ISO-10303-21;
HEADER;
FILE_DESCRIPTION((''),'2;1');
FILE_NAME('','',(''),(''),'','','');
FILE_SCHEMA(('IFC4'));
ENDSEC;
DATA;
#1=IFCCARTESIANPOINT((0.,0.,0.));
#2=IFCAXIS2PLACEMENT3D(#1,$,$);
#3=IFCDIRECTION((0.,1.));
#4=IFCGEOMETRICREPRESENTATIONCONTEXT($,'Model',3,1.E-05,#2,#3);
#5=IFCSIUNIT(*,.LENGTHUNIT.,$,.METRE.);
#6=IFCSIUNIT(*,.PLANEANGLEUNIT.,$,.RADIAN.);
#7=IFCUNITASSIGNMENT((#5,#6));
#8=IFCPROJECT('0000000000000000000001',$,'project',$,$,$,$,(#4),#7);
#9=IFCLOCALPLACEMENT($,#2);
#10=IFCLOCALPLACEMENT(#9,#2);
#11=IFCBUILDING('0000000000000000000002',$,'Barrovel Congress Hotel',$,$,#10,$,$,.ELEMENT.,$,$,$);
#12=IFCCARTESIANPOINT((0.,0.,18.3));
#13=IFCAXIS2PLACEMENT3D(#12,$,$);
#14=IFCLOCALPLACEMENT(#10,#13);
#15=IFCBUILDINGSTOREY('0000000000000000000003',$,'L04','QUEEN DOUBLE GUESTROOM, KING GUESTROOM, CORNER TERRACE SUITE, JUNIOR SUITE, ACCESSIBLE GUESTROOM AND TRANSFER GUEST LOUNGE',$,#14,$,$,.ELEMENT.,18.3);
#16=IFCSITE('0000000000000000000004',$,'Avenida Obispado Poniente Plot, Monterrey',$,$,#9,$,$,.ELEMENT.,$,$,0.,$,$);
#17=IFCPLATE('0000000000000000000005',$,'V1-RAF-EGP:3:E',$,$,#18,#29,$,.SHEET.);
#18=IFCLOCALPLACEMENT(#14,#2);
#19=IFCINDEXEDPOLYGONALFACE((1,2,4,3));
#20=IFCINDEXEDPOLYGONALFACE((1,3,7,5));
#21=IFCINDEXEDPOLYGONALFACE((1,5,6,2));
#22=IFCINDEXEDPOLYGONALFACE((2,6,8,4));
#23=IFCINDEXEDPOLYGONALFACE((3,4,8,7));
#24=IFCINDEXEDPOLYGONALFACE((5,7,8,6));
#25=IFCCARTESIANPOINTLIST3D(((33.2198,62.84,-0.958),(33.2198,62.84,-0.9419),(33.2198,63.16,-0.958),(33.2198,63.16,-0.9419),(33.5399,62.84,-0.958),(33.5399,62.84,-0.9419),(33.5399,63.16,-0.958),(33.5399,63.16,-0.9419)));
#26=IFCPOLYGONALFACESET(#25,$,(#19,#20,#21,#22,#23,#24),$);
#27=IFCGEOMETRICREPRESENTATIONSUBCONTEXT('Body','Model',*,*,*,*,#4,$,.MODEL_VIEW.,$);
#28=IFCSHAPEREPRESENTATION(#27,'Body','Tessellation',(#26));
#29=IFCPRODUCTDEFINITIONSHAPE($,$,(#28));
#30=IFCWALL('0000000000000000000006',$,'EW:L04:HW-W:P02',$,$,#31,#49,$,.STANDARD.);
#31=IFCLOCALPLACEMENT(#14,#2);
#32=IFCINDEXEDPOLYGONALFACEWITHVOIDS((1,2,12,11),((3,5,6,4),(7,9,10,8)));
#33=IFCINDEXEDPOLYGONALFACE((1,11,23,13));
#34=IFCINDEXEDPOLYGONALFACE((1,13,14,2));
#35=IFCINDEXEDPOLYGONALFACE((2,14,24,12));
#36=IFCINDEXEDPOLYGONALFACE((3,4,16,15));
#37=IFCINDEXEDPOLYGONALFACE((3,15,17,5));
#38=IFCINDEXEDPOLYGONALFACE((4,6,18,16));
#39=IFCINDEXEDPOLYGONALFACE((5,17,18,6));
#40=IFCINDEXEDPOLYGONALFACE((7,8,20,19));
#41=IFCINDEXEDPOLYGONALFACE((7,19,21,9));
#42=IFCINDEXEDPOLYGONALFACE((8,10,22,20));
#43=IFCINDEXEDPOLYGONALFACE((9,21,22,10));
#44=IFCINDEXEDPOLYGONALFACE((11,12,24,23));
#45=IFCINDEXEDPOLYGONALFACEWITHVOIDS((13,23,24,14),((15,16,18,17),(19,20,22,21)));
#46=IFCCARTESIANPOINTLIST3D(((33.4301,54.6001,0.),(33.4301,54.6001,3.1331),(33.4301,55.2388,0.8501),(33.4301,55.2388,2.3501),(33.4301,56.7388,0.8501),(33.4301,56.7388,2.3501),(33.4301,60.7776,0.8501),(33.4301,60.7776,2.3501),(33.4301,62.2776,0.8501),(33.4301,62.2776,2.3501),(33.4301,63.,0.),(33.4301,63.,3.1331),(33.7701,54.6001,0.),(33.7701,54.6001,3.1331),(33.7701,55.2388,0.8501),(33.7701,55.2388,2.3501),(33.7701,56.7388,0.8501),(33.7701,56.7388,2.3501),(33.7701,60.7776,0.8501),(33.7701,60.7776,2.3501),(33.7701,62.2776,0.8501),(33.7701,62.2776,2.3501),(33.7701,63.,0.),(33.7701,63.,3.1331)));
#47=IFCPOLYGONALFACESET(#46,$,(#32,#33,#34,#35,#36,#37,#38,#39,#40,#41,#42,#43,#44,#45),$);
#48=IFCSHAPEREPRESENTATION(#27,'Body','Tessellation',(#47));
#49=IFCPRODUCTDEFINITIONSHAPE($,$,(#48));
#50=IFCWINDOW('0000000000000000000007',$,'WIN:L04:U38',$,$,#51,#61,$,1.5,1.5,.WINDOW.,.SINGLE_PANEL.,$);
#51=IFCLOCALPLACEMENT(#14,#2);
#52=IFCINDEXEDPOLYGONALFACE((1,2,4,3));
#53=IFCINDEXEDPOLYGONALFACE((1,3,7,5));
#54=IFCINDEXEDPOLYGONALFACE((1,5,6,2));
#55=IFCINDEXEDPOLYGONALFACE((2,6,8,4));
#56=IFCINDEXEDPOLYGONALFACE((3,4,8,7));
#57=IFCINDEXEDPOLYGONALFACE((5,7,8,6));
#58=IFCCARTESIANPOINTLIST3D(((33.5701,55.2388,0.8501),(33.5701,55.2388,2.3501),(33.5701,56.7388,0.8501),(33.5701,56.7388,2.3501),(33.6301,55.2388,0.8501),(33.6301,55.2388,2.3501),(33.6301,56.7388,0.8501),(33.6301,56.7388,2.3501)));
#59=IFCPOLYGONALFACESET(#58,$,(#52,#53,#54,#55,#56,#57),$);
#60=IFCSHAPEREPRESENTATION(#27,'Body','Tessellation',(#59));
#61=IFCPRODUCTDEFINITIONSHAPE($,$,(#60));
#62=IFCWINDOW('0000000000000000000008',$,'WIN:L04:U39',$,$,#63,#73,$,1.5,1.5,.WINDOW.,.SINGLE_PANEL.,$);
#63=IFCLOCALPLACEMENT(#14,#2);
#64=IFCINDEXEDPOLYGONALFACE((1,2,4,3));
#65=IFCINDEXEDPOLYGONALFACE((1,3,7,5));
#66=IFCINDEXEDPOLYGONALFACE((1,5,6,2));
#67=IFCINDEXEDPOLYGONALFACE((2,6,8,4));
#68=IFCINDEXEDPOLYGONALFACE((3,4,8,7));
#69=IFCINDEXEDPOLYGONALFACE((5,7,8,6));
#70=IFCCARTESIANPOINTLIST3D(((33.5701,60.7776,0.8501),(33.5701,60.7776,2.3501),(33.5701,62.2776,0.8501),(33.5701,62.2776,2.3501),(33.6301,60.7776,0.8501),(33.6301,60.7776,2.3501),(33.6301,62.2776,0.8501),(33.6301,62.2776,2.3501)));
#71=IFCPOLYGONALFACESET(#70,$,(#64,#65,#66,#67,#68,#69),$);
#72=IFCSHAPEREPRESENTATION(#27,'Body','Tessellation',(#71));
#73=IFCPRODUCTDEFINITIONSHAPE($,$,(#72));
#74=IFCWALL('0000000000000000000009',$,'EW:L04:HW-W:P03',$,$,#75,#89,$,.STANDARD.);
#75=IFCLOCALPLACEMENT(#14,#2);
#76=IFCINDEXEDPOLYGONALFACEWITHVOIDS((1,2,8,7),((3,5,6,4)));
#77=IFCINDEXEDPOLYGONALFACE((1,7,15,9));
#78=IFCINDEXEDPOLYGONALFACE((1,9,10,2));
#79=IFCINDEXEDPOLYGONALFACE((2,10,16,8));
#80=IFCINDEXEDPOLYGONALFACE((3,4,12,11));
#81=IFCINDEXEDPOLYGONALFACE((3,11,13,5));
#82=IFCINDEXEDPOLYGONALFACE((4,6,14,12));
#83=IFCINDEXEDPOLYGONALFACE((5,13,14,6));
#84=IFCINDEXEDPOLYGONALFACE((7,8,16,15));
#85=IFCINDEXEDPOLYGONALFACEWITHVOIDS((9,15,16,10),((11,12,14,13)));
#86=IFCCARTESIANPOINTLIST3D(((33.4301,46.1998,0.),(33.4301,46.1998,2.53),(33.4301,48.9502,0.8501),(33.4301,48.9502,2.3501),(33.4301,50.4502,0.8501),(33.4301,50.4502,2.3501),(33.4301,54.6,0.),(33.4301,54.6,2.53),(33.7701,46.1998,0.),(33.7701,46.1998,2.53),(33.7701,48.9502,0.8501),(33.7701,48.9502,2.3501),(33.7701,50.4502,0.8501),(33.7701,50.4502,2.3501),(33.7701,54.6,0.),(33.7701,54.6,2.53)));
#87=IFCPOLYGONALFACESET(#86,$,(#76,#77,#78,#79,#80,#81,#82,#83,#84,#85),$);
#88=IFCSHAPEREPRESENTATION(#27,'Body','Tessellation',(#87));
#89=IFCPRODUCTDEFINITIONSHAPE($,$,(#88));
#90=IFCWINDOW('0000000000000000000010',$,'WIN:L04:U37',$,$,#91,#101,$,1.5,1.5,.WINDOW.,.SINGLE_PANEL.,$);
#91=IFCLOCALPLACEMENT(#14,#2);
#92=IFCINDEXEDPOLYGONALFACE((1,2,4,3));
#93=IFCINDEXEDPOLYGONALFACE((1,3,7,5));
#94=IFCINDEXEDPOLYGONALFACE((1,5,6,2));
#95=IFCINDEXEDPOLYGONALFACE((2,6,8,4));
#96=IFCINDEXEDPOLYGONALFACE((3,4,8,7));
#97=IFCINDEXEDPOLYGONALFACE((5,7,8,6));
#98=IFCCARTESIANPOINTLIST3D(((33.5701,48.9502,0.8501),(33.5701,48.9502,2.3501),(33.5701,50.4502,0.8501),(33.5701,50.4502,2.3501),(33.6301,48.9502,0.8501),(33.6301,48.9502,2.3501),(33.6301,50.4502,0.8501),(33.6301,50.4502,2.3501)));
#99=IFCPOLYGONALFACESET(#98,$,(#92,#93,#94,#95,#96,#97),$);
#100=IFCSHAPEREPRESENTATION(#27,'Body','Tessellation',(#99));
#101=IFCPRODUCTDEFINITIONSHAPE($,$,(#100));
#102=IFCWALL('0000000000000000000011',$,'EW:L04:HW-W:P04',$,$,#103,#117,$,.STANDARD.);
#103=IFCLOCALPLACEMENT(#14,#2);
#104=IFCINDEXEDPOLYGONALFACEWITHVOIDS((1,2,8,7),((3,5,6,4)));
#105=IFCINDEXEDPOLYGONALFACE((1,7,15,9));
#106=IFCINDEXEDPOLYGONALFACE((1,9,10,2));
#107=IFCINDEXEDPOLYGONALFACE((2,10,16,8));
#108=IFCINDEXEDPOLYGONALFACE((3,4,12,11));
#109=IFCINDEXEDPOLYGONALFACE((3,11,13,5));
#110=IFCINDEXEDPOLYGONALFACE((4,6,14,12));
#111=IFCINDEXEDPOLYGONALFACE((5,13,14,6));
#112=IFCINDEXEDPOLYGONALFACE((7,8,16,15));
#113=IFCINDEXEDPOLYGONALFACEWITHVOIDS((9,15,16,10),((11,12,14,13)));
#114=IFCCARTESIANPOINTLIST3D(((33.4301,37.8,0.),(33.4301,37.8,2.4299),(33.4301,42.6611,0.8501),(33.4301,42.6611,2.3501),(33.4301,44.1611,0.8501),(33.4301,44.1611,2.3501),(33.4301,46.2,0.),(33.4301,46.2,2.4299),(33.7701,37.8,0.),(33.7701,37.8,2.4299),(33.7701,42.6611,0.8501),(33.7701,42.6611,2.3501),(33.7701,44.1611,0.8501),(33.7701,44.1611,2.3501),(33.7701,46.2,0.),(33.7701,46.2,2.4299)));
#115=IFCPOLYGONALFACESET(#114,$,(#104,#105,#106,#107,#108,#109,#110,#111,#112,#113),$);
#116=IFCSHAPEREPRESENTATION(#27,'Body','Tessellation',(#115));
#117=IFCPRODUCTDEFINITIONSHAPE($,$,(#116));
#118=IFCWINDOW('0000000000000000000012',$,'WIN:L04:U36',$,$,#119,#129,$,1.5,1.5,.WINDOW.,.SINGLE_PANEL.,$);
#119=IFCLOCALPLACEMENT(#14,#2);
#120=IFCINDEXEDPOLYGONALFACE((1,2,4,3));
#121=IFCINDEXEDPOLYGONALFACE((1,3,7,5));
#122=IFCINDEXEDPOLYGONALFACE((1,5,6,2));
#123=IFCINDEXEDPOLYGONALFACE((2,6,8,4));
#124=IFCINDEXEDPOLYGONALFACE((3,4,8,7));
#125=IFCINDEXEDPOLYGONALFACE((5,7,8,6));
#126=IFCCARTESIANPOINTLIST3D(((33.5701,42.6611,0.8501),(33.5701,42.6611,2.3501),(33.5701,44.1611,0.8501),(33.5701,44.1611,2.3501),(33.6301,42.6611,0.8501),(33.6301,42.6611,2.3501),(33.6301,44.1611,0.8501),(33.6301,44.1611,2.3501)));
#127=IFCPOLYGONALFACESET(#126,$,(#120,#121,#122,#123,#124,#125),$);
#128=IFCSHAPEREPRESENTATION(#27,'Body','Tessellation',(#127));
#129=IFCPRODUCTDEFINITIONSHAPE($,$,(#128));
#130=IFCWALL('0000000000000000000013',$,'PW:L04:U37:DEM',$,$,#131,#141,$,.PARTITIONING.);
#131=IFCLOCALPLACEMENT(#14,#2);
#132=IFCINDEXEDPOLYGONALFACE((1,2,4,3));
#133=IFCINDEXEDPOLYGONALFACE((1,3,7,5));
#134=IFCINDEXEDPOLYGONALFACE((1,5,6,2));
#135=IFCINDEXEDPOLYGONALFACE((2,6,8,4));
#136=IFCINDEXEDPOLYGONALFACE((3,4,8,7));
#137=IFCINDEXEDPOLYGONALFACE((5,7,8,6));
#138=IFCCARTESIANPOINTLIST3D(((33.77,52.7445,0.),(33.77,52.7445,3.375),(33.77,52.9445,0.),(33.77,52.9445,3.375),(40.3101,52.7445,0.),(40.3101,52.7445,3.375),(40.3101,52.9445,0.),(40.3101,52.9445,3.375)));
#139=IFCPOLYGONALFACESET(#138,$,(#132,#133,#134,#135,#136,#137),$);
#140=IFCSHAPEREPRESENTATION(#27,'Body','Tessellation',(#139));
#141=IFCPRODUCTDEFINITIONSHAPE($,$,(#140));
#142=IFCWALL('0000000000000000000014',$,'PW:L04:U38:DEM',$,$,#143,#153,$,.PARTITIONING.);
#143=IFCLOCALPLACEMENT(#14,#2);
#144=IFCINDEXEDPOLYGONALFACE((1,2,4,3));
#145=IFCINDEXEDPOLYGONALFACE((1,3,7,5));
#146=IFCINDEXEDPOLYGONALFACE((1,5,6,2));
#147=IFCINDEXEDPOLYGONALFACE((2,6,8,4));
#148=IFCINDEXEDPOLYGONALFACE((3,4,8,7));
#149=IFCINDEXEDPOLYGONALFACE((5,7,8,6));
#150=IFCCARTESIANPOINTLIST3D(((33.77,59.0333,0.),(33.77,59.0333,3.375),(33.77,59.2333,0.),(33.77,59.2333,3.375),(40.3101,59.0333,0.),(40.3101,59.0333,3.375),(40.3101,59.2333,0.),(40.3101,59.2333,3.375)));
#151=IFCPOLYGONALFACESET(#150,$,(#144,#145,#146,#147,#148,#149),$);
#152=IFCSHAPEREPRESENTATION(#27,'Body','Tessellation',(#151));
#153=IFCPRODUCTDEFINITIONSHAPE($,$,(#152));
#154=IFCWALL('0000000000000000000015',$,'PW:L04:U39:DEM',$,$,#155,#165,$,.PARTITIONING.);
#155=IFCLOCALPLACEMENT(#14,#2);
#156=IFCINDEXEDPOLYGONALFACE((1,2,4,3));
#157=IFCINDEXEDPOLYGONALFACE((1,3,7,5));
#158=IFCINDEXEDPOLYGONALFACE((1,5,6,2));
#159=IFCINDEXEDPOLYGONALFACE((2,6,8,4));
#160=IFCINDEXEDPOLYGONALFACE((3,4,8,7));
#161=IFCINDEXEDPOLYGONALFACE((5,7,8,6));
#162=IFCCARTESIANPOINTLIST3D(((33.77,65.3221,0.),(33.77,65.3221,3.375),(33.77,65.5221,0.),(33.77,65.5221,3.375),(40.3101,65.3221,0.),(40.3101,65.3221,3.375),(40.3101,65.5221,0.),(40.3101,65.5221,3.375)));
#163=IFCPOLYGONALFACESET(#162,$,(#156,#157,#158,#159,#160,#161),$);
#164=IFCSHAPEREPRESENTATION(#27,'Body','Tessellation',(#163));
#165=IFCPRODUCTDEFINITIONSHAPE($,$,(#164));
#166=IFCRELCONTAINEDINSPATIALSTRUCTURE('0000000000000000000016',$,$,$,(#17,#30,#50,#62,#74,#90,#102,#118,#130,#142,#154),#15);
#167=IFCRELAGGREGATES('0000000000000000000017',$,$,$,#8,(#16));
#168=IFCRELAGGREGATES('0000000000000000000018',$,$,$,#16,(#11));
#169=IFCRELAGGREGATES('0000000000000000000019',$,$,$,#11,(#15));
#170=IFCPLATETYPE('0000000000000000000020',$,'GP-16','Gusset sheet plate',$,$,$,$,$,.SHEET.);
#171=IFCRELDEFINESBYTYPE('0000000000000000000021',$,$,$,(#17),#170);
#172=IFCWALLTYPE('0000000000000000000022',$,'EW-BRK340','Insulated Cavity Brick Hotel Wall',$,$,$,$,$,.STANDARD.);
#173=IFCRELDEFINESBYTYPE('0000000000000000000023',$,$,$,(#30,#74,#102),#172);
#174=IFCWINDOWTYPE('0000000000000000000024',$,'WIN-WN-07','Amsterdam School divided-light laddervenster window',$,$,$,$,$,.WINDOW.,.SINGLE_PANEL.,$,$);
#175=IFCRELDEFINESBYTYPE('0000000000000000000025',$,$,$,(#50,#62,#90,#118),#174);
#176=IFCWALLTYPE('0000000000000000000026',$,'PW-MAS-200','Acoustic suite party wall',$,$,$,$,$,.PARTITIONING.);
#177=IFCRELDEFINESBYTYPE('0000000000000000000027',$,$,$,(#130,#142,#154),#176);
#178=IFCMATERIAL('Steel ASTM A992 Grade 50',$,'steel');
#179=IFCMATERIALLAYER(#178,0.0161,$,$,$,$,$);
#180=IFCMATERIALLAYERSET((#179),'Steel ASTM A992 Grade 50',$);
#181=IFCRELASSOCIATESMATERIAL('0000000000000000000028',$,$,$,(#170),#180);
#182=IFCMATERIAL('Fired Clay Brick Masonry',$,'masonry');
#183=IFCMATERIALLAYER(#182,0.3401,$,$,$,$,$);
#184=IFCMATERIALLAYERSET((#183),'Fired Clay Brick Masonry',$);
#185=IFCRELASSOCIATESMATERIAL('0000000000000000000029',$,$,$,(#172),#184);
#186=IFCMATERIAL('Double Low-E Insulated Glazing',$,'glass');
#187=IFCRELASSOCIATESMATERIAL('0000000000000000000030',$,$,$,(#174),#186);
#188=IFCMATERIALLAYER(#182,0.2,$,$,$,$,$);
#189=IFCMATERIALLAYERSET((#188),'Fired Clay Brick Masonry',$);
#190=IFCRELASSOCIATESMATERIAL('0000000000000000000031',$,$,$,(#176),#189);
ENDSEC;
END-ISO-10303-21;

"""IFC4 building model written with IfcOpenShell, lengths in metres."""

from ifc_helpers import new_model, si_unit, direction, frame, frame_2d, origin, origin_2d, place, context, subcontext, project, spatial, rectangle, extrude, material, layer, layer_set, type_object, element, fill, save


model = new_model("IFC4")

# Units and contexts
model_context = context("Model", 3, precision=1e-05, world=origin(), true_north=direction((0.0, 1.0)))
body_context = subcontext(model_context, "Body", "Model", "MODEL_VIEW")
ifc_project = project(units=[si_unit("LENGTHUNIT", "METRE"), si_unit("PLANEANGLEUNIT", "RADIAN")], contexts=[model_context])

# Site, building, storey
site_placement = place(None, origin())
site = spatial("IfcSite", under=ifc_project, at=site_placement, Name="Avenida Obispado Poniente Plot, Monterrey", CompositionType="ELEMENT", RefElevation=0.0)
building_placement = place(site_placement, origin())
building = spatial("IfcBuilding", under=site, at=building_placement, Name="Barrovel Congress Hotel", CompositionType="ELEMENT")
storey_placement = place(building_placement, frame((0.0, 0.0, 18.3)))
storey = spatial("IfcBuildingStorey", under=building, at=storey_placement, Name="L04", Description="QUEEN DOUBLE GUESTROOM, KING GUESTROOM, CORNER TERRACE SUITE, JUNIOR SUITE, ACCESSIBLE GUESTROOM AND TRANSFER GUEST LOUNGE", CompositionType="ELEMENT", Elevation=18.3)

# Shared definitions
ifc_material_1 = material(Name="Steel ASTM A992 Grade 50", Category="steel")

# Plate
ifc_layer_1 = layer(ifc_material_1, 0.0161)
ifc_layer_set_1 = layer_set([ifc_layer_1], Name="Steel ASTM A992 Grade 50")
plate_type = type_object("IfcPlateType", Name="GP-16", Description="Gusset sheet plate", PredefinedType="SHEET", material=ifc_layer_set_1)
for number, where, z_axis, x_axis, name in (
    (1, (33.3799, 63.0, -0.958), (0.0, 0.0, 1.0), (1.0, 0.0, 0.0), "V1-RAF-EGP:3:E"),
):
    element("IfcPlate", number, at=place(storey_placement, frame(where, z_axis=z_axis, x_axis=x_axis)), inside=storey, type_object=plate_type, Name=name, PredefinedType="SHEET", context=body_context, shape_type="SweptSolid", body=[
        extrude(rectangle(XDim=0.3201, YDim=0.3201, at=origin_2d()), origin(), (0.0, 0.0, 1.0), 0.0161),
    ])

# Wall, openings, windows
ifc_material_2 = material(Name="Fired Clay Brick Masonry", Category="masonry")
ifc_layer_2 = layer(ifc_material_2, 0.3401)
ifc_layer_set_2 = layer_set([ifc_layer_2], Name="Fired Clay Brick Masonry")
wall_type_1 = type_object("IfcWallType", Name="EW-BRK340", Description="Insulated Cavity Brick Hotel Wall", PredefinedType="STANDARD", material=ifc_layer_set_2)
wall_1_placement = place(storey_placement, frame((33.6001, 63.0, 0.0), z_axis=(0.0, 0.0, 1.0), x_axis=(0.0, -1.0, 0.0)))
wall_1 = element("IfcWall", 2, at=wall_1_placement, inside=storey, type_object=wall_type_1, Name="EW:L04:HW-W:P02", PredefinedType="STANDARD", context=body_context, shape_type="SweptSolid", body=[
    extrude(rectangle(XDim=8.3999, YDim=0.3401, at=frame_2d((4.2, 0.0))), origin(), (0.0, 0.0, 1.0), 3.1331),
])
opening_1_placement = place(wall_1_placement, frame((6.2612, 0.0, 0.8501)))
opening_1 = element("IfcOpeningElement", 3, at=opening_1_placement, cuts=wall_1, PredefinedType="OPENING", context=body_context, shape_type="SweptSolid", body=[
    extrude(rectangle(XDim=1.5, YDim=1.5, at=frame_2d((0.75, 0.75))), frame((0.0, 0.1802, 0.0), z_axis=(0.0, -1.0, 0.0), x_axis=(1.0, 0.0, 0.0)), (0.0, 0.0, 1.0), 0.3601),
])
opening_2_placement = place(wall_1_placement, frame((0.7224, 0.0, 0.8501)))
opening_2 = element("IfcOpeningElement", 4, at=opening_2_placement, cuts=wall_1, PredefinedType="OPENING", context=body_context, shape_type="SweptSolid", body=[
    extrude(rectangle(XDim=1.5, YDim=1.5, at=frame_2d((0.75, 0.75))), frame((0.0, 0.1802, 0.0), z_axis=(0.0, -1.0, 0.0), x_axis=(1.0, 0.0, 0.0)), (0.0, 0.0, 1.0), 0.3601),
])
ifc_material_3 = material(Name="Double Low-E Insulated Glazing", Category="glass")
window_type = type_object("IfcWindowType", Name="WIN-WN-07", Description="Amsterdam School divided-light laddervenster window", PartitioningType="SINGLE_PANEL", PredefinedType="WINDOW", material=ifc_material_3)
window_1_placement = place(opening_1_placement, origin())
window_1 = element("IfcWindow", 5, at=window_1_placement, inside=storey, type_object=window_type, Name="WIN:L04:U38", OverallHeight=1.5, OverallWidth=1.5, PartitioningType="SINGLE_PANEL", PredefinedType="WINDOW", context=body_context, shape_type="SweptSolid", body=[
    extrude(rectangle(XDim=1.5, YDim=1.5, at=frame_2d((0.75, 0.75))), frame((0.0, 0.03, 0.0), z_axis=(0.0, -1.0, 0.0), x_axis=(1.0, 0.0, 0.0)), (0.0, 0.0, 1.0), 0.0601),
])
fill(opening_1, window_1)
window_2_placement = place(opening_2_placement, origin())
window_2 = element("IfcWindow", 6, at=window_2_placement, inside=storey, type_object=window_type, Name="WIN:L04:U39", OverallHeight=1.5, OverallWidth=1.5, PartitioningType="SINGLE_PANEL", PredefinedType="WINDOW", context=body_context, shape_type="SweptSolid", body=[
    extrude(rectangle(XDim=1.5, YDim=1.5, at=frame_2d((0.75, 0.75))), frame((0.0, 0.03, 0.0), z_axis=(0.0, -1.0, 0.0), x_axis=(1.0, 0.0, 0.0)), (0.0, 0.0, 1.0), 0.0601),
])
fill(opening_2, window_2)

# Walls, openings, windows
wall_2_placement = place(storey_placement, frame((33.6001, 54.6001, 0.0), z_axis=(0.0, 0.0, 1.0), x_axis=(0.0, -1.0, 0.0)))
wall_2 = element("IfcWall", 7, at=wall_2_placement, inside=storey, type_object=wall_type_1, Name="EW:L04:HW-W:P03", PredefinedType="STANDARD", context=body_context, shape_type="SweptSolid", body=[
    extrude(rectangle(XDim=8.4001, YDim=0.3401, at=frame_2d((4.2002, 0.0))), origin(), (0.0, 0.0, 1.0), 2.53),
])
opening_3_placement = place(wall_2_placement, frame((4.1499, 0.0, 0.8501)))
opening_3 = element("IfcOpeningElement", 8, at=opening_3_placement, cuts=wall_2, PredefinedType="OPENING", context=body_context, shape_type="SweptSolid", body=[
    extrude(rectangle(XDim=1.5, YDim=1.5, at=frame_2d((0.75, 0.75))), frame((0.0, 0.1802, 0.0), z_axis=(0.0, -1.0, 0.0), x_axis=(1.0, 0.0, 0.0)), (0.0, 0.0, 1.0), 0.3601),
])
window_3_placement = place(opening_3_placement, origin())
window_3 = element("IfcWindow", 9, at=window_3_placement, inside=storey, type_object=window_type, Name="WIN:L04:U37", OverallHeight=1.5, OverallWidth=1.5, PartitioningType="SINGLE_PANEL", PredefinedType="WINDOW", context=body_context, shape_type="SweptSolid", body=[
    extrude(rectangle(XDim=1.5, YDim=1.5, at=frame_2d((0.75, 0.75))), frame((0.0, 0.03, 0.0), z_axis=(0.0, -1.0, 0.0), x_axis=(1.0, 0.0, 0.0)), (0.0, 0.0, 1.0), 0.0601),
])
fill(opening_3, window_3)
wall_3_placement = place(storey_placement, frame((33.6001, 46.2, 0.0), z_axis=(0.0, 0.0, 1.0), x_axis=(0.0, -1.0, 0.0)))
wall_3 = element("IfcWall", 10, at=wall_3_placement, inside=storey, type_object=wall_type_1, Name="EW:L04:HW-W:P04", PredefinedType="STANDARD", context=body_context, shape_type="SweptSolid", body=[
    extrude(rectangle(XDim=8.3999, YDim=0.3401, at=frame_2d((4.2, 0.0))), origin(), (0.0, 0.0, 1.0), 2.4299),
])
opening_4_placement = place(wall_3_placement, frame((2.0388, 0.0, 0.8501)))
opening_4 = element("IfcOpeningElement", 11, at=opening_4_placement, cuts=wall_3, PredefinedType="OPENING", context=body_context, shape_type="SweptSolid", body=[
    extrude(rectangle(XDim=1.5, YDim=1.5, at=frame_2d((0.75, 0.75))), frame((0.0, 0.1802, 0.0), z_axis=(0.0, -1.0, 0.0), x_axis=(1.0, 0.0, 0.0)), (0.0, 0.0, 1.0), 0.3601),
])
window_4_placement = place(opening_4_placement, origin())
window_4 = element("IfcWindow", 12, at=window_4_placement, inside=storey, type_object=window_type, Name="WIN:L04:U36", OverallHeight=1.5, OverallWidth=1.5, PartitioningType="SINGLE_PANEL", PredefinedType="WINDOW", context=body_context, shape_type="SweptSolid", body=[
    extrude(rectangle(XDim=1.5, YDim=1.5, at=frame_2d((0.75, 0.75))), frame((0.0, 0.03, 0.0), z_axis=(0.0, -1.0, 0.0), x_axis=(1.0, 0.0, 0.0)), (0.0, 0.0, 1.0), 0.0601),
])
fill(opening_4, window_4)

# Walls
ifc_layer_3 = layer(ifc_material_2, 0.2)
ifc_layer_set_3 = layer_set([ifc_layer_3], Name="Fired Clay Brick Masonry")
wall_type_2 = type_object("IfcWallType", Name="PW-MAS-200", Description="Acoustic suite party wall", PredefinedType="PARTITIONING", material=ifc_layer_set_3)
for number, where, z_axis, x_axis, name in (
    (13, (33.77, 52.8445, 0.0), (0.0, 0.0, 1.0), (1.0, 0.0, 0.0), "PW:L04:U37:DEM"),
    (14, (33.77, 59.1333, 0.0), (0.0, 0.0, 1.0), (1.0, 0.0, 0.0), "PW:L04:U38:DEM"),
    (15, (33.77, 65.4221, 0.0), (0.0, 0.0, 1.0), (1.0, 0.0, 0.0), "PW:L04:U39:DEM"),
):
    element("IfcWall", number, at=place(storey_placement, frame(where, z_axis=z_axis, x_axis=x_axis)), inside=storey, type_object=wall_type_2, Name=name, PredefinedType="PARTITIONING", context=body_context, shape_type="SweptSolid", body=[
        extrude(rectangle(XDim=6.54, YDim=0.2, at=frame_2d((3.27, 0.0))), origin(), (0.0, 0.0, 1.0), 3.375),
    ])

save(model, "model.ifc")
